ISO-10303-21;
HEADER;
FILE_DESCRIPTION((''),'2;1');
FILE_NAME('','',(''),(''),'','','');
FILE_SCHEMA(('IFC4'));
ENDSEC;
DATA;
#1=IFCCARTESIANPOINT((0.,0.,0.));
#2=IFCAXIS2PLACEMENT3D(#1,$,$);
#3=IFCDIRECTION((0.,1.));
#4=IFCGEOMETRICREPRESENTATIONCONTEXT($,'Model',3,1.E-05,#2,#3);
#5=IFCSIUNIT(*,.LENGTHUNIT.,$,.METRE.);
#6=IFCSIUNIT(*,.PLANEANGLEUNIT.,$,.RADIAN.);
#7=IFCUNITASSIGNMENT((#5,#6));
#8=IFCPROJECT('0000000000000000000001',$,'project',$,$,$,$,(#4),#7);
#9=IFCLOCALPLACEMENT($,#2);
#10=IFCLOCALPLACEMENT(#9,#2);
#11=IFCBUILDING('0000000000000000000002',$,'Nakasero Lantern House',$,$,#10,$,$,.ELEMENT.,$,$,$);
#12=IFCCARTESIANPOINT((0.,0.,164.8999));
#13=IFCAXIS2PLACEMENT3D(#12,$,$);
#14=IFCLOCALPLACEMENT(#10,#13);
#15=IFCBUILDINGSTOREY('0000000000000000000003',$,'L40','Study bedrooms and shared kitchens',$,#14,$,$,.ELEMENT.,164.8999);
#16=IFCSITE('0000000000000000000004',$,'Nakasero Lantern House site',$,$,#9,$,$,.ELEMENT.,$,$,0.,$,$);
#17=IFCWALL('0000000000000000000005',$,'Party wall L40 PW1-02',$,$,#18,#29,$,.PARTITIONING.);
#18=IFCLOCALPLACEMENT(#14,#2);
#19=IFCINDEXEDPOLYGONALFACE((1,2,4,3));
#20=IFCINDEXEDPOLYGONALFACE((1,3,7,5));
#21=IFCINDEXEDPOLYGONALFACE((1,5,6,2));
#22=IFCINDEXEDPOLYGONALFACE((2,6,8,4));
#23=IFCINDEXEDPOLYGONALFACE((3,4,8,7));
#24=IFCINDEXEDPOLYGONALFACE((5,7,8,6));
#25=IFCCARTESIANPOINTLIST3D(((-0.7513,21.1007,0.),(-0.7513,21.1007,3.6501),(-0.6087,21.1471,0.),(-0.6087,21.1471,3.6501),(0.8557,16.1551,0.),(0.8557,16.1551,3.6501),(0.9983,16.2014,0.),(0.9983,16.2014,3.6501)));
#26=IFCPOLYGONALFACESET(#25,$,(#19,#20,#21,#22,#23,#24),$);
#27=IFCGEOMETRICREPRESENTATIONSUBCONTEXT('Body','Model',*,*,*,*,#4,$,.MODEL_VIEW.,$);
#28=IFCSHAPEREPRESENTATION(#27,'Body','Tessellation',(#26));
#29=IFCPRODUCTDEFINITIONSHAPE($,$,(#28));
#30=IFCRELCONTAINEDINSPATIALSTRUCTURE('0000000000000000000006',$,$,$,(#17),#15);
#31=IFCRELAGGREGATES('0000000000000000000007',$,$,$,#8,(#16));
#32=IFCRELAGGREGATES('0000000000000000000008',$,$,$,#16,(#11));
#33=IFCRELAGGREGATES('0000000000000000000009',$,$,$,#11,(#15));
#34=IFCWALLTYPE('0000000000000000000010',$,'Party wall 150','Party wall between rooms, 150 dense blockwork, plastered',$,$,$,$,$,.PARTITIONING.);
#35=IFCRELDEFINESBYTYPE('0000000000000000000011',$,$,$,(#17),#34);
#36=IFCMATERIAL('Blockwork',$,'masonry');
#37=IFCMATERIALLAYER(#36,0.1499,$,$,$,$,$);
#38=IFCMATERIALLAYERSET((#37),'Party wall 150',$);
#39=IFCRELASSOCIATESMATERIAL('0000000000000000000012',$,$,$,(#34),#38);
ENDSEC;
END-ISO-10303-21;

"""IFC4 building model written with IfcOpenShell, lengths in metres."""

from ifc_helpers import new_model, si_unit, direction, frame, frame_2d, origin, place, context, subcontext, project, spatial, rectangle, extrude, material, layer, layer_set, type_object, element, save


model = new_model("IFC4")

# Units and contexts
model_context = context("Model", 3, precision=1e-05, world=origin(), true_north=direction((0.0, 1.0)))
body_context = subcontext(model_context, "Body", "Model", "MODEL_VIEW")
ifc_project = project(units=[si_unit("LENGTHUNIT", "METRE"), si_unit("PLANEANGLEUNIT", "RADIAN")], contexts=[model_context])

# Site, building, storey
site_placement = place(None, origin())
site = spatial("IfcSite", under=ifc_project, at=site_placement, Name="Nakasero Lantern House site", CompositionType="ELEMENT", RefElevation=0.0)
building_placement = place(site_placement, origin())
building = spatial("IfcBuilding", under=site, at=building_placement, Name="Nakasero Lantern House", CompositionType="ELEMENT")
storey_placement = place(building_placement, frame((0.0, 0.0, 164.8999)))
storey = spatial("IfcBuildingStorey", under=building, at=storey_placement, Name="L40", Description="Study bedrooms and shared kitchens", CompositionType="ELEMENT", Elevation=164.8999)

# Wall
ifc_material_1 = material(Name="Blockwork", Category="masonry")
ifc_layer_1 = layer(ifc_material_1, 0.1499)
ifc_layer_set_1 = layer_set([ifc_layer_1], Name="Party wall 150")
wall_type_1 = type_object("IfcWallType", Name="Party wall 150", Description="Party wall between rooms, 150 dense blockwork, plastered", PredefinedType="PARTITIONING", material=ifc_layer_set_1)
for number, where, z_axis, x_axis, name in (
    (1, (0.927, 16.1782, 0.0), (0.0, 0.0, 1.0), (-0.309021, 0.951055, 0.0), "Party wall L40 PW1-02"),
):
    element("IfcWall", number, at=place(storey_placement, frame(where, z_axis=z_axis, x_axis=x_axis)), inside=storey, type_object=wall_type_1, Name=name, PredefinedType="PARTITIONING", context=body_context, shape_type="SweptSolid", body=[
        extrude(rectangle(XDim=5.2002, YDim=0.1499, at=frame_2d((2.6001, 0.0))), origin(), (0.0, 0.0, 1.0), 3.6501),
    ])

save(model, "model.ifc")
